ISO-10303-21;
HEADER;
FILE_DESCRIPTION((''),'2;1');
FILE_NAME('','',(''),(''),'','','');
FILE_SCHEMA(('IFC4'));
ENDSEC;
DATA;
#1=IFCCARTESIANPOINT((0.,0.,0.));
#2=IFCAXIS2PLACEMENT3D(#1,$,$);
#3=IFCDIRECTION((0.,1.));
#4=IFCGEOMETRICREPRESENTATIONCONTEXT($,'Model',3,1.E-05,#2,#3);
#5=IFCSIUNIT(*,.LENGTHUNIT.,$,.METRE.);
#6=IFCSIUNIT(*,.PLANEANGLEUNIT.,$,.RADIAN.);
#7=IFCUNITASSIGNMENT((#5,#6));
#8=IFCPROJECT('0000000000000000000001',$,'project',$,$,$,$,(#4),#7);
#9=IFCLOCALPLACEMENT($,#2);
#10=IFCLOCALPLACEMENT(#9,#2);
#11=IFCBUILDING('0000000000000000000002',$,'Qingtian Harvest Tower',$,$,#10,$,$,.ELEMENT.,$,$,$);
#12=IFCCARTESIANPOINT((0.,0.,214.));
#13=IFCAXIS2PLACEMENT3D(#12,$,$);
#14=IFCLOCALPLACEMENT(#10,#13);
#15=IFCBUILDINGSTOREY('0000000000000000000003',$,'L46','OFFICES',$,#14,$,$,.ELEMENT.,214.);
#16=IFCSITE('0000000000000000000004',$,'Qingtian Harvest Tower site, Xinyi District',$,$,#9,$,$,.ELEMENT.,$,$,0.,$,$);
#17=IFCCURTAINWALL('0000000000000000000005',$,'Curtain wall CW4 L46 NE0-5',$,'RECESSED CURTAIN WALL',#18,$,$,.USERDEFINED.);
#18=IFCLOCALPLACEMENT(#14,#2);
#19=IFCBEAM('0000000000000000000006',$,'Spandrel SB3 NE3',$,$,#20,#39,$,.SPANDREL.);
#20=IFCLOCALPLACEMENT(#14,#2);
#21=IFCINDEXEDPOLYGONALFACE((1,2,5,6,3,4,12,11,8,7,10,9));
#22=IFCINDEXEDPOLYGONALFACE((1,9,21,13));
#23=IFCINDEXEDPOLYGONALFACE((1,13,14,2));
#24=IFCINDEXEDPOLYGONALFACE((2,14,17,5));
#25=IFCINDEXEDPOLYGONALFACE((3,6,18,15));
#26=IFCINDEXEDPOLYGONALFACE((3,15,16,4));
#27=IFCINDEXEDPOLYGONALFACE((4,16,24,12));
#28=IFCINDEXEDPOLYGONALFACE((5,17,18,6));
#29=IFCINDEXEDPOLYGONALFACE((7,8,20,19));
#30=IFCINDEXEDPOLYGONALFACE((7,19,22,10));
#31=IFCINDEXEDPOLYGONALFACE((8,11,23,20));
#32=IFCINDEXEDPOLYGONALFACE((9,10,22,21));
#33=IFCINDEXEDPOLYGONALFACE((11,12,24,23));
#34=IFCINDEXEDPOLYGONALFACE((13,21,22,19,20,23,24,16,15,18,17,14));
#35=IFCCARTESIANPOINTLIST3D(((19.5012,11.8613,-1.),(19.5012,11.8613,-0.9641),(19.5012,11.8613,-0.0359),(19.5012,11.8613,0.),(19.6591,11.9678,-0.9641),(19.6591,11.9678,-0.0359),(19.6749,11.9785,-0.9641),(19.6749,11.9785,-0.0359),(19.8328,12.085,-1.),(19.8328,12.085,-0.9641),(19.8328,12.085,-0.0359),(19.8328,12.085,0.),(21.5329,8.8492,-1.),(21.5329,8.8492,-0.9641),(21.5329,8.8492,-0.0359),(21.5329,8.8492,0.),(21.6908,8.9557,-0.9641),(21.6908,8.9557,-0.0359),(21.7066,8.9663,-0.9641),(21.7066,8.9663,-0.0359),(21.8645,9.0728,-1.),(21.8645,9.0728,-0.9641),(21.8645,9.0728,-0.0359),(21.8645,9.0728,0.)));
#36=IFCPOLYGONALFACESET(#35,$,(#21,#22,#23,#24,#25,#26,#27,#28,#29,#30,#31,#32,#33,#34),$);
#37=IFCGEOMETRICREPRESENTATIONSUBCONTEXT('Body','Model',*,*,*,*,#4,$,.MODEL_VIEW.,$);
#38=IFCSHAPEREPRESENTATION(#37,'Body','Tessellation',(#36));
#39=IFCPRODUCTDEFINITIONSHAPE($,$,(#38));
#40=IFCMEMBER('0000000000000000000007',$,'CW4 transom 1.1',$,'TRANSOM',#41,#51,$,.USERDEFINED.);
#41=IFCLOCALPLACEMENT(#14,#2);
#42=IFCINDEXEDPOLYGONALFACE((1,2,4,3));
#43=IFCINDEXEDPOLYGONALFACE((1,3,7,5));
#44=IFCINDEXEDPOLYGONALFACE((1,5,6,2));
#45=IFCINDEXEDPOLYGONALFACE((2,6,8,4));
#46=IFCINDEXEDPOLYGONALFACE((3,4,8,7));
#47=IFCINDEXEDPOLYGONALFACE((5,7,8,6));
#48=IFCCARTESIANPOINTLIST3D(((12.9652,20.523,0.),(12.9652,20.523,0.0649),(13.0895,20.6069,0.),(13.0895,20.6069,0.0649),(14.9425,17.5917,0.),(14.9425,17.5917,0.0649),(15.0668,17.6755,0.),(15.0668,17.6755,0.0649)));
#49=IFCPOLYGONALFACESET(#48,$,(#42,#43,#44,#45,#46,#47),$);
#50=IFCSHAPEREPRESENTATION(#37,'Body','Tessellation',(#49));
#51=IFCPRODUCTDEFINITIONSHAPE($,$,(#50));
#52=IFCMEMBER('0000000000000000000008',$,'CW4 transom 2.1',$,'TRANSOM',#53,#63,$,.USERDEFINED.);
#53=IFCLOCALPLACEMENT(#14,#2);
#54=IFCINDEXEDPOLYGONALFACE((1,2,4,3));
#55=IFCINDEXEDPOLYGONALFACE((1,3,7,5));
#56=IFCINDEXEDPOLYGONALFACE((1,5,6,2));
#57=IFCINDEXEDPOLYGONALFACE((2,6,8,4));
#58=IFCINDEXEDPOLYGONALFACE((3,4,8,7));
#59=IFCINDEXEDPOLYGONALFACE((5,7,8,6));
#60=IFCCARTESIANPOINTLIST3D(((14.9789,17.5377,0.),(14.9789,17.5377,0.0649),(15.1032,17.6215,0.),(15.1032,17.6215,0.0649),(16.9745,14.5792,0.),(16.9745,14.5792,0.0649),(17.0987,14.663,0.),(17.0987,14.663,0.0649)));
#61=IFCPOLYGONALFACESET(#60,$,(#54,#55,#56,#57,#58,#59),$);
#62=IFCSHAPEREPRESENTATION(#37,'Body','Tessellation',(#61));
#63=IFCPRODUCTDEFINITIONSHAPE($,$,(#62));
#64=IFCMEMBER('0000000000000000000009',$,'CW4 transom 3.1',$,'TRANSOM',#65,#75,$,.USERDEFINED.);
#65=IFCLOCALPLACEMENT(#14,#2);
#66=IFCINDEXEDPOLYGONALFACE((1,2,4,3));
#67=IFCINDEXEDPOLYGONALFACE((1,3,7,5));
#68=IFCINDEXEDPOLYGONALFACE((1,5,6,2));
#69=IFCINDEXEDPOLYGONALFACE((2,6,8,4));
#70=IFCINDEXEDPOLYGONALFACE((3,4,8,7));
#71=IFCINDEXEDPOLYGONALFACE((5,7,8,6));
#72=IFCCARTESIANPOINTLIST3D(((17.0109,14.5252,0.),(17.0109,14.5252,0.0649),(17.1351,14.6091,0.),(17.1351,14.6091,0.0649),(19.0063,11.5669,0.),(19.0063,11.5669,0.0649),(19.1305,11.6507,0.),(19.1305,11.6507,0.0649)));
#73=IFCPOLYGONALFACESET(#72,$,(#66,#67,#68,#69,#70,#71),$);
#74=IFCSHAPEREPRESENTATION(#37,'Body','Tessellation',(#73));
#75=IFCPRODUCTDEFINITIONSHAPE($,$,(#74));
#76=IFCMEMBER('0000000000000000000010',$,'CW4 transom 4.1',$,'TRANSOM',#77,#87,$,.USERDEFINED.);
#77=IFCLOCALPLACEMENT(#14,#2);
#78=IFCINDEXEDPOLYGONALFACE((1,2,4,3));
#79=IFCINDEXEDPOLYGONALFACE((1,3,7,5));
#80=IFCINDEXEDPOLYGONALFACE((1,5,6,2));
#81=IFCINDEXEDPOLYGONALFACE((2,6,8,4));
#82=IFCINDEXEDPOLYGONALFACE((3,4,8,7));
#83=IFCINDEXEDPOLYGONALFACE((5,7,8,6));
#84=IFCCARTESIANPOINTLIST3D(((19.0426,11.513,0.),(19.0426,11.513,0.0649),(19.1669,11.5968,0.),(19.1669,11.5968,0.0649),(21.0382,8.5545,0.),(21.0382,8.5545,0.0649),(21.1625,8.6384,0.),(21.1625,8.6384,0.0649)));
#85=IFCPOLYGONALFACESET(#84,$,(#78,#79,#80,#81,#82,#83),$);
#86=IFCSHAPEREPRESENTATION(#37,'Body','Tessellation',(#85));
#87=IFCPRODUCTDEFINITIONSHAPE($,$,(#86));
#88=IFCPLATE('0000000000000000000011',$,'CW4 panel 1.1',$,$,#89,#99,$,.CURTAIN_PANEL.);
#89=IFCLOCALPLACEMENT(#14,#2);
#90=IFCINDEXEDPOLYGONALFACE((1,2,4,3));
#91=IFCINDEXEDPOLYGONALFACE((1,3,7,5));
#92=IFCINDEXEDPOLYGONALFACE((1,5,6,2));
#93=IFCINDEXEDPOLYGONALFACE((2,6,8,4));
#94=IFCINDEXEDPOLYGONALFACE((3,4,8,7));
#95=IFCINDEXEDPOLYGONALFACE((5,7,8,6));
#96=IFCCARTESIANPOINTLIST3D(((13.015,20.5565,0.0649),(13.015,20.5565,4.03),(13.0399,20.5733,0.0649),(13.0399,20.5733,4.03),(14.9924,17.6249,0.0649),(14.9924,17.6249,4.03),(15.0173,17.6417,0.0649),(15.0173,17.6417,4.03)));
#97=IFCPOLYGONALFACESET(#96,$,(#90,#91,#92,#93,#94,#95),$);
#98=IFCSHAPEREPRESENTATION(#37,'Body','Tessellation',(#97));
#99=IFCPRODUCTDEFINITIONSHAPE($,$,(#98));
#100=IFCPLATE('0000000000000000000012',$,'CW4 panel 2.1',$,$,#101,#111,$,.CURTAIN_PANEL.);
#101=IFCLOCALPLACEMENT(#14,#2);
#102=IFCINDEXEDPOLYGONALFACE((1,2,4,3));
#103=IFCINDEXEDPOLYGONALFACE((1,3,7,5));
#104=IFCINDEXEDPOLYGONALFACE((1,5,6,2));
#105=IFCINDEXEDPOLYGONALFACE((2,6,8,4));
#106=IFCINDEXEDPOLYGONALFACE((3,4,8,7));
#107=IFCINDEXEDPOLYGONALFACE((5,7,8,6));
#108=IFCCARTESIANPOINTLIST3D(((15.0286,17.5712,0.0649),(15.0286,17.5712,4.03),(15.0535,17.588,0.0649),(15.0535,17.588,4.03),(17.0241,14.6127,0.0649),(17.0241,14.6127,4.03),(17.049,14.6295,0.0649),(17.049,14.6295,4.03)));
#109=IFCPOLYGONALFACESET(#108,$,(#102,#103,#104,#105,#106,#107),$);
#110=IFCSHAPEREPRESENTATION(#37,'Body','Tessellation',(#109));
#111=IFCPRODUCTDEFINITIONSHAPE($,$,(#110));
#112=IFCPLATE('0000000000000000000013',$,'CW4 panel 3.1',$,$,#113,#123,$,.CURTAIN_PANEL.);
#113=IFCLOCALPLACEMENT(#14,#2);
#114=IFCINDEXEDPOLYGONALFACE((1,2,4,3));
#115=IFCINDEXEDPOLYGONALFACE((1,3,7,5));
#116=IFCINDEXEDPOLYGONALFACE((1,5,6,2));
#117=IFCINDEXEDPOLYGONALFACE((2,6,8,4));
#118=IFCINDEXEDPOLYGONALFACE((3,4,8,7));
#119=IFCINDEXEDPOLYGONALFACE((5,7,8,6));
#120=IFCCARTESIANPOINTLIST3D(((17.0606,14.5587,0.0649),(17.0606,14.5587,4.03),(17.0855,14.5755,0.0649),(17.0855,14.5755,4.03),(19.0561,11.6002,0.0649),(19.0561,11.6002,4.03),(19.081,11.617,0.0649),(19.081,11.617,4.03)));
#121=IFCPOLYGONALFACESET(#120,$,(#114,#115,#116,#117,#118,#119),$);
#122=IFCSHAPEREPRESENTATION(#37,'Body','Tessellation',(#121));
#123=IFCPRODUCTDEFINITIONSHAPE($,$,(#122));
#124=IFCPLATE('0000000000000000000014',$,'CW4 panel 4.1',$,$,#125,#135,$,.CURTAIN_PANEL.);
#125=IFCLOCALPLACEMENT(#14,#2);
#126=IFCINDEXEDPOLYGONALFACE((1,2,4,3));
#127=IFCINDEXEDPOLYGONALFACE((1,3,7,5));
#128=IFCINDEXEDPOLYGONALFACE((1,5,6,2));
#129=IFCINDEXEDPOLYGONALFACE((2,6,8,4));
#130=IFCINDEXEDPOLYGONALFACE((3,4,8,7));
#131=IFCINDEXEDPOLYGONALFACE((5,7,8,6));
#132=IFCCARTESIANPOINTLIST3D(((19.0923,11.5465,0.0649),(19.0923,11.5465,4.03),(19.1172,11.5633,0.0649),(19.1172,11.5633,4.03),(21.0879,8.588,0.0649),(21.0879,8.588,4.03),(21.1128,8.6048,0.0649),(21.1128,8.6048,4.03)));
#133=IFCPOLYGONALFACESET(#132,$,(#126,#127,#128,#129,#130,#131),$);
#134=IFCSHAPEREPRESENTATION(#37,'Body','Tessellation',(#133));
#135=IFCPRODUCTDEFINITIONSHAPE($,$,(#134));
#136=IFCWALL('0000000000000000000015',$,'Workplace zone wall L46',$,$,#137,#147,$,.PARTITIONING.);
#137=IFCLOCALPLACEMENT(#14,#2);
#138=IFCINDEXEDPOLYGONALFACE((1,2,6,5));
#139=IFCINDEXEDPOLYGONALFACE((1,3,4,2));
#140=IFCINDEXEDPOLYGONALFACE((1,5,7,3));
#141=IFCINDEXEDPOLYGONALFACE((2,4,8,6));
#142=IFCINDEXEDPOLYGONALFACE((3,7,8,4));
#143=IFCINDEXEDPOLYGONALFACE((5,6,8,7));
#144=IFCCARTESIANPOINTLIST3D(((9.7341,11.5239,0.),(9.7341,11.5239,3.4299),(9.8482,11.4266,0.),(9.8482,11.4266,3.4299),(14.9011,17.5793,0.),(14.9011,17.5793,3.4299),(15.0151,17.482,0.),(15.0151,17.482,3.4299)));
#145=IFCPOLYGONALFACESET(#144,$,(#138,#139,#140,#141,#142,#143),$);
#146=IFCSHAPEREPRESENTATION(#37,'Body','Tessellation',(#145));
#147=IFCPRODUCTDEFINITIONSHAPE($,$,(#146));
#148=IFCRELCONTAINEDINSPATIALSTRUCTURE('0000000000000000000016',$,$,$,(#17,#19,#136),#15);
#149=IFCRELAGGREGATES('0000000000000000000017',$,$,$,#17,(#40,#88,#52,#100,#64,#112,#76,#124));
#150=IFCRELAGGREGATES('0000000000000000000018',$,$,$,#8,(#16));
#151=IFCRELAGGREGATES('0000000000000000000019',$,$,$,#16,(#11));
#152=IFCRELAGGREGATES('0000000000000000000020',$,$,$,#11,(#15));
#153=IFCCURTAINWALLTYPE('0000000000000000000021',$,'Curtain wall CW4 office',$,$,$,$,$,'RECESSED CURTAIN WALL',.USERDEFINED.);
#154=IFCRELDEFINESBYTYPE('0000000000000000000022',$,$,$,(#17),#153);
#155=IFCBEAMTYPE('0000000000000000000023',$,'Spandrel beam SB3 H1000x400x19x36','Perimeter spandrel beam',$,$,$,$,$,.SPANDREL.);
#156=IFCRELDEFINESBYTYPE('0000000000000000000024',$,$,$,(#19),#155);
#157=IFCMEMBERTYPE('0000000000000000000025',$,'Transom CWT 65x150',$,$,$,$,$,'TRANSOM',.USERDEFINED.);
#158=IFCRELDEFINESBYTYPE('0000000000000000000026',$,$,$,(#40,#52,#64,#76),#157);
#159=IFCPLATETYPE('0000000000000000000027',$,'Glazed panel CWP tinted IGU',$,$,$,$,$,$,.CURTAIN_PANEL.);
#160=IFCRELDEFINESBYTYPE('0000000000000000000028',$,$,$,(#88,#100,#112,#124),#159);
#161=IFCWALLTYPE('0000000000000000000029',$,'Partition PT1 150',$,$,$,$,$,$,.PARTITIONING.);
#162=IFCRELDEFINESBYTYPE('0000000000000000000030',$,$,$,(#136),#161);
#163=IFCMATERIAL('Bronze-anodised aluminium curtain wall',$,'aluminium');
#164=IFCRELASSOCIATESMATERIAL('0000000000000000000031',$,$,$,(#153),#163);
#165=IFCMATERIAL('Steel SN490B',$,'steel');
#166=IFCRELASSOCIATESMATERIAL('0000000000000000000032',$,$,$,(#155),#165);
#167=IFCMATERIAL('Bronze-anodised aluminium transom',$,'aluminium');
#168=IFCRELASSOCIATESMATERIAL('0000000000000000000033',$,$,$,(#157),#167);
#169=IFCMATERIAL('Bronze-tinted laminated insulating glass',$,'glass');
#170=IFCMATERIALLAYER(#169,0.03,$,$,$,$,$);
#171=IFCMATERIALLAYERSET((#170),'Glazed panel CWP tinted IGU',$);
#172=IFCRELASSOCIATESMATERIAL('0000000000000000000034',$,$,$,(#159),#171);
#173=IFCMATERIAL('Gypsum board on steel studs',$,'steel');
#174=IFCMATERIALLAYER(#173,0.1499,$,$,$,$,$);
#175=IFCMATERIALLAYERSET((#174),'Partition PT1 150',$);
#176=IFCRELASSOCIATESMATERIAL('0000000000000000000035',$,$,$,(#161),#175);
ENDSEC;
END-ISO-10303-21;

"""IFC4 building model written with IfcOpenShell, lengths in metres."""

from ifc_helpers import new_model, si_unit, direction, frame, frame_2d, origin, origin_2d, place, context, subcontext, project, spatial, rectangle, i_section, extrude, material, layer, layer_set, material_profile, profile_set, type_object, element, aggregate, save


model = new_model("IFC4")

# Units and contexts
model_context = context("Model", 3, precision=1e-05, world=origin(), true_north=direction((0.0, 1.0)))
body_context = subcontext(model_context, "Body", "Model", "MODEL_VIEW")
ifc_project = project(units=[si_unit("LENGTHUNIT", "METRE"), si_unit("PLANEANGLEUNIT", "RADIAN")], contexts=[model_context])

# Site, building, storey
site_placement = place(None, origin())
site = spatial("IfcSite", under=ifc_project, at=site_placement, Name="Qingtian Harvest Tower site, Xinyi District", CompositionType="ELEMENT", RefElevation=0.0)
building_placement = place(site_placement, origin())
building = spatial("IfcBuilding", under=site, at=building_placement, Name="Qingtian Harvest Tower", CompositionType="ELEMENT")
storey_placement = place(building_placement, frame((0.0, 0.0, 214.0)))
storey = spatial("IfcBuildingStorey", under=building, at=storey_placement, Name="L46", Description="OFFICES", CompositionType="ELEMENT", Elevation=214.0)

# Curtain wall
ifc_material_1 = material(Name="Bronze-anodised aluminium curtain wall", Category="aluminium")
curtain_wall_type = type_object("IfcCurtainWallType", Name="Curtain wall CW4 office", ElementType="RECESSED CURTAIN WALL", PredefinedType="USERDEFINED", material=ifc_material_1)
curtain_wall_placement = place(storey_placement, origin())
curtain_wall = element("IfcCurtainWall", 1, at=curtain_wall_placement, inside=storey, type_object=curtain_wall_type, Name="Curtain wall CW4 L46 NE0-5", ObjectType="RECESSED CURTAIN WALL", PredefinedType="USERDEFINED")

# Beam
ifc_material_2 = material(Name="Steel SN490B", Category="steel")
ifc_material_profile_1 = material_profile(ifc_material_2, i_section(OverallWidth=0.3999, OverallDepth=1.0, WebThickness=0.019, FlangeThickness=0.0359, at=origin_2d()), Name="H1000x400x19x36")
ifc_profile_set_1 = profile_set([ifc_material_profile_1], Name="Steel SN490B")
beam_type_1 = type_object("IfcBeamType", Name="Spandrel beam SB3 H1000x400x19x36", Description="Perimeter spandrel beam", PredefinedType="SPANDREL", material=ifc_profile_set_1)
beam_1_placement = place(storey_placement, frame((19.667, 11.9731, -0.5), z_axis=(0.559189, -0.82904, 0.0), x_axis=(0.82904, 0.559189, 0.0)))
element("IfcBeam", 2, at=beam_1_placement, inside=storey, type_object=beam_type_1, Name="Spandrel SB3 NE3", PredefinedType="SPANDREL", context=body_context, shape_type="SweptSolid", body=[
    extrude(i_section(OverallWidth=0.3999, OverallDepth=1.0, WebThickness=0.019, FlangeThickness=0.0359, at=origin_2d()), origin(), (0.0, 0.0, 1.0), 3.6333),
])

# Members
ifc_material_3 = material(Name="Bronze-anodised aluminium transom", Category="aluminium")
ifc_material_profile_2 = material_profile(ifc_material_3, rectangle(XDim=0.1499, YDim=0.0649, at=origin_2d()), Name="AL 65x150")
ifc_profile_set_2 = profile_set([ifc_material_profile_2], Name="Bronze-anodised aluminium transom")
member_type_1 = type_object("IfcMemberType", Name="Transom CWT 65x150", ElementType="TRANSOM", PredefinedType="USERDEFINED", material=ifc_profile_set_2)
member_1_placement = place(storey_placement, frame((13.0273, 20.5649, 0.0325), z_axis=(0.559201, -0.829032, 0.0), x_axis=(0.829032, 0.559201, 0.0)))
member_1 = element("IfcMember", 3, at=member_1_placement, type_object=member_type_1, Name="CW4 transom 1.1", ObjectType="TRANSOM", PredefinedType="USERDEFINED", context=body_context, shape_type="SweptSolid", body=[
    extrude(rectangle(XDim=0.1499, YDim=0.0649, at=origin_2d()), origin(), (0.0, 0.0, 1.0), 3.5359),
])
member_2_placement = place(storey_placement, frame((15.041, 17.5796, 0.0325), z_axis=(0.559207, -0.829028, 0.0), x_axis=(0.829028, 0.559207, 0.0)))
member_2 = element("IfcMember", 4, at=member_2_placement, type_object=member_type_1, Name="CW4 transom 2.1", ObjectType="TRANSOM", PredefinedType="USERDEFINED", context=body_context, shape_type="SweptSolid", body=[
    extrude(rectangle(XDim=0.1499, YDim=0.0649, at=origin_2d()), origin(), (0.0, 0.0, 1.0), 3.5686),
])
member_3_placement = place(storey_placement, frame((17.073, 14.5671, 0.0325), z_axis=(0.559192, -0.829038, 0.0), x_axis=(0.829038, 0.559192, 0.0)))
member_3 = element("IfcMember", 5, at=member_3_placement, type_object=member_type_1, Name="CW4 transom 3.1", ObjectType="TRANSOM", PredefinedType="USERDEFINED", context=body_context, shape_type="SweptSolid", body=[
    extrude(rectangle(XDim=0.1499, YDim=0.0649, at=origin_2d()), origin(), (0.0, 0.0, 1.0), 3.5684),
])
member_4_placement = place(storey_placement, frame((19.1047, 11.5549, 0.0325), z_axis=(0.559207, -0.829028, 0.0), x_axis=(0.829028, 0.559207, 0.0)))
member_4 = element("IfcMember", 6, at=member_4_placement, type_object=member_type_1, Name="CW4 transom 4.1", ObjectType="TRANSOM", PredefinedType="USERDEFINED", context=body_context, shape_type="SweptSolid", body=[
    extrude(rectangle(XDim=0.1499, YDim=0.0649, at=origin_2d()), origin(), (0.0, 0.0, 1.0), 3.5686),
])

# Plates
ifc_material_4 = material(Name="Bronze-tinted laminated insulating glass", Category="glass")
ifc_layer_1 = layer(ifc_material_4, 0.03)
ifc_layer_set_1 = layer_set([ifc_layer_1], Name="Glazed panel CWP tinted IGU")
plate_type = type_object("IfcPlateType", Name="Glazed panel CWP tinted IGU", PredefinedType="CURTAIN_PANEL", material=ifc_layer_set_1)
plate_1_placement = place(storey_placement, frame((14.0161, 19.0991, 0.0649), z_axis=(0.0, 0.0, 1.0), x_axis=(0.559193, -0.829038, 0.0)))
plate_1 = element("IfcPlate", 7, at=plate_1_placement, type_object=plate_type, Name="CW4 panel 1.1", PredefinedType="CURTAIN_PANEL", context=body_context, shape_type="SweptSolid", body=[
    extrude(rectangle(XDim=3.5361, YDim=0.03, at=origin_2d()), origin(), (0.0, 0.0, 1.0), 3.9651),
])
plate_2_placement = place(storey_placement, frame((16.0388, 16.1003, 0.0649), z_axis=(0.0, 0.0, 1.0), x_axis=(0.559193, -0.829038, 0.0)))
plate_2 = element("IfcPlate", 8, at=plate_2_placement, type_object=plate_type, Name="CW4 panel 2.1", PredefinedType="CURTAIN_PANEL", context=body_context, shape_type="SweptSolid", body=[
    extrude(rectangle(XDim=3.5686, YDim=0.03, at=origin_2d()), origin(), (0.0, 0.0, 1.0), 3.9651),
])
plate_3_placement = place(storey_placement, frame((18.0708, 13.0879, 0.0649), z_axis=(0.0, 0.0, 1.0), x_axis=(0.559193, -0.829038, 0.0)))
plate_3 = element("IfcPlate", 9, at=plate_3_placement, type_object=plate_type, Name="CW4 panel 3.1", PredefinedType="CURTAIN_PANEL", context=body_context, shape_type="SweptSolid", body=[
    extrude(rectangle(XDim=3.5686, YDim=0.03, at=origin_2d()), origin(), (0.0, 0.0, 1.0), 3.9651),
])
plate_4_placement = place(storey_placement, frame((20.1025, 10.0757, 0.0649), z_axis=(0.0, 0.0, 1.0), x_axis=(0.559193, -0.829038, 0.0)))
plate_4 = element("IfcPlate", 10, at=plate_4_placement, type_object=plate_type, Name="CW4 panel 4.1", PredefinedType="CURTAIN_PANEL", context=body_context, shape_type="SweptSolid", body=[
    extrude(rectangle(XDim=3.5686, YDim=0.03, at=origin_2d()), origin(), (0.0, 0.0, 1.0), 3.9651),
])
aggregate(curtain_wall, [member_1, plate_1, member_2, plate_2, member_3, plate_3, member_4, plate_4])

# Wall
ifc_material_5 = material(Name="Gypsum board on steel studs", Category="steel")
ifc_layer_2 = layer(ifc_material_5, 0.1499)
ifc_layer_set_2 = layer_set([ifc_layer_2], Name="Partition PT1 150")
wall_type = type_object("IfcWallType", Name="Partition PT1 150", PredefinedType="PARTITIONING", material=ifc_layer_set_2)
wall_1_placement = place(storey_placement, frame((14.958, 17.5305, 0.0), z_axis=(0.0, 0.0, 1.0), x_axis=(-0.649098, -0.760705, 0.0)))
element("IfcWall", 11, at=wall_1_placement, inside=storey, type_object=wall_type, Name="Workplace zone wall L46", PredefinedType="PARTITIONING", context=body_context, shape_type="SweptSolid", body=[
    extrude(rectangle(XDim=7.9602, YDim=0.1499, at=frame_2d((3.98, 0.0))), origin(), (0.0, 0.0, 1.0), 3.4299),
])

save(model, "model.ifc")
